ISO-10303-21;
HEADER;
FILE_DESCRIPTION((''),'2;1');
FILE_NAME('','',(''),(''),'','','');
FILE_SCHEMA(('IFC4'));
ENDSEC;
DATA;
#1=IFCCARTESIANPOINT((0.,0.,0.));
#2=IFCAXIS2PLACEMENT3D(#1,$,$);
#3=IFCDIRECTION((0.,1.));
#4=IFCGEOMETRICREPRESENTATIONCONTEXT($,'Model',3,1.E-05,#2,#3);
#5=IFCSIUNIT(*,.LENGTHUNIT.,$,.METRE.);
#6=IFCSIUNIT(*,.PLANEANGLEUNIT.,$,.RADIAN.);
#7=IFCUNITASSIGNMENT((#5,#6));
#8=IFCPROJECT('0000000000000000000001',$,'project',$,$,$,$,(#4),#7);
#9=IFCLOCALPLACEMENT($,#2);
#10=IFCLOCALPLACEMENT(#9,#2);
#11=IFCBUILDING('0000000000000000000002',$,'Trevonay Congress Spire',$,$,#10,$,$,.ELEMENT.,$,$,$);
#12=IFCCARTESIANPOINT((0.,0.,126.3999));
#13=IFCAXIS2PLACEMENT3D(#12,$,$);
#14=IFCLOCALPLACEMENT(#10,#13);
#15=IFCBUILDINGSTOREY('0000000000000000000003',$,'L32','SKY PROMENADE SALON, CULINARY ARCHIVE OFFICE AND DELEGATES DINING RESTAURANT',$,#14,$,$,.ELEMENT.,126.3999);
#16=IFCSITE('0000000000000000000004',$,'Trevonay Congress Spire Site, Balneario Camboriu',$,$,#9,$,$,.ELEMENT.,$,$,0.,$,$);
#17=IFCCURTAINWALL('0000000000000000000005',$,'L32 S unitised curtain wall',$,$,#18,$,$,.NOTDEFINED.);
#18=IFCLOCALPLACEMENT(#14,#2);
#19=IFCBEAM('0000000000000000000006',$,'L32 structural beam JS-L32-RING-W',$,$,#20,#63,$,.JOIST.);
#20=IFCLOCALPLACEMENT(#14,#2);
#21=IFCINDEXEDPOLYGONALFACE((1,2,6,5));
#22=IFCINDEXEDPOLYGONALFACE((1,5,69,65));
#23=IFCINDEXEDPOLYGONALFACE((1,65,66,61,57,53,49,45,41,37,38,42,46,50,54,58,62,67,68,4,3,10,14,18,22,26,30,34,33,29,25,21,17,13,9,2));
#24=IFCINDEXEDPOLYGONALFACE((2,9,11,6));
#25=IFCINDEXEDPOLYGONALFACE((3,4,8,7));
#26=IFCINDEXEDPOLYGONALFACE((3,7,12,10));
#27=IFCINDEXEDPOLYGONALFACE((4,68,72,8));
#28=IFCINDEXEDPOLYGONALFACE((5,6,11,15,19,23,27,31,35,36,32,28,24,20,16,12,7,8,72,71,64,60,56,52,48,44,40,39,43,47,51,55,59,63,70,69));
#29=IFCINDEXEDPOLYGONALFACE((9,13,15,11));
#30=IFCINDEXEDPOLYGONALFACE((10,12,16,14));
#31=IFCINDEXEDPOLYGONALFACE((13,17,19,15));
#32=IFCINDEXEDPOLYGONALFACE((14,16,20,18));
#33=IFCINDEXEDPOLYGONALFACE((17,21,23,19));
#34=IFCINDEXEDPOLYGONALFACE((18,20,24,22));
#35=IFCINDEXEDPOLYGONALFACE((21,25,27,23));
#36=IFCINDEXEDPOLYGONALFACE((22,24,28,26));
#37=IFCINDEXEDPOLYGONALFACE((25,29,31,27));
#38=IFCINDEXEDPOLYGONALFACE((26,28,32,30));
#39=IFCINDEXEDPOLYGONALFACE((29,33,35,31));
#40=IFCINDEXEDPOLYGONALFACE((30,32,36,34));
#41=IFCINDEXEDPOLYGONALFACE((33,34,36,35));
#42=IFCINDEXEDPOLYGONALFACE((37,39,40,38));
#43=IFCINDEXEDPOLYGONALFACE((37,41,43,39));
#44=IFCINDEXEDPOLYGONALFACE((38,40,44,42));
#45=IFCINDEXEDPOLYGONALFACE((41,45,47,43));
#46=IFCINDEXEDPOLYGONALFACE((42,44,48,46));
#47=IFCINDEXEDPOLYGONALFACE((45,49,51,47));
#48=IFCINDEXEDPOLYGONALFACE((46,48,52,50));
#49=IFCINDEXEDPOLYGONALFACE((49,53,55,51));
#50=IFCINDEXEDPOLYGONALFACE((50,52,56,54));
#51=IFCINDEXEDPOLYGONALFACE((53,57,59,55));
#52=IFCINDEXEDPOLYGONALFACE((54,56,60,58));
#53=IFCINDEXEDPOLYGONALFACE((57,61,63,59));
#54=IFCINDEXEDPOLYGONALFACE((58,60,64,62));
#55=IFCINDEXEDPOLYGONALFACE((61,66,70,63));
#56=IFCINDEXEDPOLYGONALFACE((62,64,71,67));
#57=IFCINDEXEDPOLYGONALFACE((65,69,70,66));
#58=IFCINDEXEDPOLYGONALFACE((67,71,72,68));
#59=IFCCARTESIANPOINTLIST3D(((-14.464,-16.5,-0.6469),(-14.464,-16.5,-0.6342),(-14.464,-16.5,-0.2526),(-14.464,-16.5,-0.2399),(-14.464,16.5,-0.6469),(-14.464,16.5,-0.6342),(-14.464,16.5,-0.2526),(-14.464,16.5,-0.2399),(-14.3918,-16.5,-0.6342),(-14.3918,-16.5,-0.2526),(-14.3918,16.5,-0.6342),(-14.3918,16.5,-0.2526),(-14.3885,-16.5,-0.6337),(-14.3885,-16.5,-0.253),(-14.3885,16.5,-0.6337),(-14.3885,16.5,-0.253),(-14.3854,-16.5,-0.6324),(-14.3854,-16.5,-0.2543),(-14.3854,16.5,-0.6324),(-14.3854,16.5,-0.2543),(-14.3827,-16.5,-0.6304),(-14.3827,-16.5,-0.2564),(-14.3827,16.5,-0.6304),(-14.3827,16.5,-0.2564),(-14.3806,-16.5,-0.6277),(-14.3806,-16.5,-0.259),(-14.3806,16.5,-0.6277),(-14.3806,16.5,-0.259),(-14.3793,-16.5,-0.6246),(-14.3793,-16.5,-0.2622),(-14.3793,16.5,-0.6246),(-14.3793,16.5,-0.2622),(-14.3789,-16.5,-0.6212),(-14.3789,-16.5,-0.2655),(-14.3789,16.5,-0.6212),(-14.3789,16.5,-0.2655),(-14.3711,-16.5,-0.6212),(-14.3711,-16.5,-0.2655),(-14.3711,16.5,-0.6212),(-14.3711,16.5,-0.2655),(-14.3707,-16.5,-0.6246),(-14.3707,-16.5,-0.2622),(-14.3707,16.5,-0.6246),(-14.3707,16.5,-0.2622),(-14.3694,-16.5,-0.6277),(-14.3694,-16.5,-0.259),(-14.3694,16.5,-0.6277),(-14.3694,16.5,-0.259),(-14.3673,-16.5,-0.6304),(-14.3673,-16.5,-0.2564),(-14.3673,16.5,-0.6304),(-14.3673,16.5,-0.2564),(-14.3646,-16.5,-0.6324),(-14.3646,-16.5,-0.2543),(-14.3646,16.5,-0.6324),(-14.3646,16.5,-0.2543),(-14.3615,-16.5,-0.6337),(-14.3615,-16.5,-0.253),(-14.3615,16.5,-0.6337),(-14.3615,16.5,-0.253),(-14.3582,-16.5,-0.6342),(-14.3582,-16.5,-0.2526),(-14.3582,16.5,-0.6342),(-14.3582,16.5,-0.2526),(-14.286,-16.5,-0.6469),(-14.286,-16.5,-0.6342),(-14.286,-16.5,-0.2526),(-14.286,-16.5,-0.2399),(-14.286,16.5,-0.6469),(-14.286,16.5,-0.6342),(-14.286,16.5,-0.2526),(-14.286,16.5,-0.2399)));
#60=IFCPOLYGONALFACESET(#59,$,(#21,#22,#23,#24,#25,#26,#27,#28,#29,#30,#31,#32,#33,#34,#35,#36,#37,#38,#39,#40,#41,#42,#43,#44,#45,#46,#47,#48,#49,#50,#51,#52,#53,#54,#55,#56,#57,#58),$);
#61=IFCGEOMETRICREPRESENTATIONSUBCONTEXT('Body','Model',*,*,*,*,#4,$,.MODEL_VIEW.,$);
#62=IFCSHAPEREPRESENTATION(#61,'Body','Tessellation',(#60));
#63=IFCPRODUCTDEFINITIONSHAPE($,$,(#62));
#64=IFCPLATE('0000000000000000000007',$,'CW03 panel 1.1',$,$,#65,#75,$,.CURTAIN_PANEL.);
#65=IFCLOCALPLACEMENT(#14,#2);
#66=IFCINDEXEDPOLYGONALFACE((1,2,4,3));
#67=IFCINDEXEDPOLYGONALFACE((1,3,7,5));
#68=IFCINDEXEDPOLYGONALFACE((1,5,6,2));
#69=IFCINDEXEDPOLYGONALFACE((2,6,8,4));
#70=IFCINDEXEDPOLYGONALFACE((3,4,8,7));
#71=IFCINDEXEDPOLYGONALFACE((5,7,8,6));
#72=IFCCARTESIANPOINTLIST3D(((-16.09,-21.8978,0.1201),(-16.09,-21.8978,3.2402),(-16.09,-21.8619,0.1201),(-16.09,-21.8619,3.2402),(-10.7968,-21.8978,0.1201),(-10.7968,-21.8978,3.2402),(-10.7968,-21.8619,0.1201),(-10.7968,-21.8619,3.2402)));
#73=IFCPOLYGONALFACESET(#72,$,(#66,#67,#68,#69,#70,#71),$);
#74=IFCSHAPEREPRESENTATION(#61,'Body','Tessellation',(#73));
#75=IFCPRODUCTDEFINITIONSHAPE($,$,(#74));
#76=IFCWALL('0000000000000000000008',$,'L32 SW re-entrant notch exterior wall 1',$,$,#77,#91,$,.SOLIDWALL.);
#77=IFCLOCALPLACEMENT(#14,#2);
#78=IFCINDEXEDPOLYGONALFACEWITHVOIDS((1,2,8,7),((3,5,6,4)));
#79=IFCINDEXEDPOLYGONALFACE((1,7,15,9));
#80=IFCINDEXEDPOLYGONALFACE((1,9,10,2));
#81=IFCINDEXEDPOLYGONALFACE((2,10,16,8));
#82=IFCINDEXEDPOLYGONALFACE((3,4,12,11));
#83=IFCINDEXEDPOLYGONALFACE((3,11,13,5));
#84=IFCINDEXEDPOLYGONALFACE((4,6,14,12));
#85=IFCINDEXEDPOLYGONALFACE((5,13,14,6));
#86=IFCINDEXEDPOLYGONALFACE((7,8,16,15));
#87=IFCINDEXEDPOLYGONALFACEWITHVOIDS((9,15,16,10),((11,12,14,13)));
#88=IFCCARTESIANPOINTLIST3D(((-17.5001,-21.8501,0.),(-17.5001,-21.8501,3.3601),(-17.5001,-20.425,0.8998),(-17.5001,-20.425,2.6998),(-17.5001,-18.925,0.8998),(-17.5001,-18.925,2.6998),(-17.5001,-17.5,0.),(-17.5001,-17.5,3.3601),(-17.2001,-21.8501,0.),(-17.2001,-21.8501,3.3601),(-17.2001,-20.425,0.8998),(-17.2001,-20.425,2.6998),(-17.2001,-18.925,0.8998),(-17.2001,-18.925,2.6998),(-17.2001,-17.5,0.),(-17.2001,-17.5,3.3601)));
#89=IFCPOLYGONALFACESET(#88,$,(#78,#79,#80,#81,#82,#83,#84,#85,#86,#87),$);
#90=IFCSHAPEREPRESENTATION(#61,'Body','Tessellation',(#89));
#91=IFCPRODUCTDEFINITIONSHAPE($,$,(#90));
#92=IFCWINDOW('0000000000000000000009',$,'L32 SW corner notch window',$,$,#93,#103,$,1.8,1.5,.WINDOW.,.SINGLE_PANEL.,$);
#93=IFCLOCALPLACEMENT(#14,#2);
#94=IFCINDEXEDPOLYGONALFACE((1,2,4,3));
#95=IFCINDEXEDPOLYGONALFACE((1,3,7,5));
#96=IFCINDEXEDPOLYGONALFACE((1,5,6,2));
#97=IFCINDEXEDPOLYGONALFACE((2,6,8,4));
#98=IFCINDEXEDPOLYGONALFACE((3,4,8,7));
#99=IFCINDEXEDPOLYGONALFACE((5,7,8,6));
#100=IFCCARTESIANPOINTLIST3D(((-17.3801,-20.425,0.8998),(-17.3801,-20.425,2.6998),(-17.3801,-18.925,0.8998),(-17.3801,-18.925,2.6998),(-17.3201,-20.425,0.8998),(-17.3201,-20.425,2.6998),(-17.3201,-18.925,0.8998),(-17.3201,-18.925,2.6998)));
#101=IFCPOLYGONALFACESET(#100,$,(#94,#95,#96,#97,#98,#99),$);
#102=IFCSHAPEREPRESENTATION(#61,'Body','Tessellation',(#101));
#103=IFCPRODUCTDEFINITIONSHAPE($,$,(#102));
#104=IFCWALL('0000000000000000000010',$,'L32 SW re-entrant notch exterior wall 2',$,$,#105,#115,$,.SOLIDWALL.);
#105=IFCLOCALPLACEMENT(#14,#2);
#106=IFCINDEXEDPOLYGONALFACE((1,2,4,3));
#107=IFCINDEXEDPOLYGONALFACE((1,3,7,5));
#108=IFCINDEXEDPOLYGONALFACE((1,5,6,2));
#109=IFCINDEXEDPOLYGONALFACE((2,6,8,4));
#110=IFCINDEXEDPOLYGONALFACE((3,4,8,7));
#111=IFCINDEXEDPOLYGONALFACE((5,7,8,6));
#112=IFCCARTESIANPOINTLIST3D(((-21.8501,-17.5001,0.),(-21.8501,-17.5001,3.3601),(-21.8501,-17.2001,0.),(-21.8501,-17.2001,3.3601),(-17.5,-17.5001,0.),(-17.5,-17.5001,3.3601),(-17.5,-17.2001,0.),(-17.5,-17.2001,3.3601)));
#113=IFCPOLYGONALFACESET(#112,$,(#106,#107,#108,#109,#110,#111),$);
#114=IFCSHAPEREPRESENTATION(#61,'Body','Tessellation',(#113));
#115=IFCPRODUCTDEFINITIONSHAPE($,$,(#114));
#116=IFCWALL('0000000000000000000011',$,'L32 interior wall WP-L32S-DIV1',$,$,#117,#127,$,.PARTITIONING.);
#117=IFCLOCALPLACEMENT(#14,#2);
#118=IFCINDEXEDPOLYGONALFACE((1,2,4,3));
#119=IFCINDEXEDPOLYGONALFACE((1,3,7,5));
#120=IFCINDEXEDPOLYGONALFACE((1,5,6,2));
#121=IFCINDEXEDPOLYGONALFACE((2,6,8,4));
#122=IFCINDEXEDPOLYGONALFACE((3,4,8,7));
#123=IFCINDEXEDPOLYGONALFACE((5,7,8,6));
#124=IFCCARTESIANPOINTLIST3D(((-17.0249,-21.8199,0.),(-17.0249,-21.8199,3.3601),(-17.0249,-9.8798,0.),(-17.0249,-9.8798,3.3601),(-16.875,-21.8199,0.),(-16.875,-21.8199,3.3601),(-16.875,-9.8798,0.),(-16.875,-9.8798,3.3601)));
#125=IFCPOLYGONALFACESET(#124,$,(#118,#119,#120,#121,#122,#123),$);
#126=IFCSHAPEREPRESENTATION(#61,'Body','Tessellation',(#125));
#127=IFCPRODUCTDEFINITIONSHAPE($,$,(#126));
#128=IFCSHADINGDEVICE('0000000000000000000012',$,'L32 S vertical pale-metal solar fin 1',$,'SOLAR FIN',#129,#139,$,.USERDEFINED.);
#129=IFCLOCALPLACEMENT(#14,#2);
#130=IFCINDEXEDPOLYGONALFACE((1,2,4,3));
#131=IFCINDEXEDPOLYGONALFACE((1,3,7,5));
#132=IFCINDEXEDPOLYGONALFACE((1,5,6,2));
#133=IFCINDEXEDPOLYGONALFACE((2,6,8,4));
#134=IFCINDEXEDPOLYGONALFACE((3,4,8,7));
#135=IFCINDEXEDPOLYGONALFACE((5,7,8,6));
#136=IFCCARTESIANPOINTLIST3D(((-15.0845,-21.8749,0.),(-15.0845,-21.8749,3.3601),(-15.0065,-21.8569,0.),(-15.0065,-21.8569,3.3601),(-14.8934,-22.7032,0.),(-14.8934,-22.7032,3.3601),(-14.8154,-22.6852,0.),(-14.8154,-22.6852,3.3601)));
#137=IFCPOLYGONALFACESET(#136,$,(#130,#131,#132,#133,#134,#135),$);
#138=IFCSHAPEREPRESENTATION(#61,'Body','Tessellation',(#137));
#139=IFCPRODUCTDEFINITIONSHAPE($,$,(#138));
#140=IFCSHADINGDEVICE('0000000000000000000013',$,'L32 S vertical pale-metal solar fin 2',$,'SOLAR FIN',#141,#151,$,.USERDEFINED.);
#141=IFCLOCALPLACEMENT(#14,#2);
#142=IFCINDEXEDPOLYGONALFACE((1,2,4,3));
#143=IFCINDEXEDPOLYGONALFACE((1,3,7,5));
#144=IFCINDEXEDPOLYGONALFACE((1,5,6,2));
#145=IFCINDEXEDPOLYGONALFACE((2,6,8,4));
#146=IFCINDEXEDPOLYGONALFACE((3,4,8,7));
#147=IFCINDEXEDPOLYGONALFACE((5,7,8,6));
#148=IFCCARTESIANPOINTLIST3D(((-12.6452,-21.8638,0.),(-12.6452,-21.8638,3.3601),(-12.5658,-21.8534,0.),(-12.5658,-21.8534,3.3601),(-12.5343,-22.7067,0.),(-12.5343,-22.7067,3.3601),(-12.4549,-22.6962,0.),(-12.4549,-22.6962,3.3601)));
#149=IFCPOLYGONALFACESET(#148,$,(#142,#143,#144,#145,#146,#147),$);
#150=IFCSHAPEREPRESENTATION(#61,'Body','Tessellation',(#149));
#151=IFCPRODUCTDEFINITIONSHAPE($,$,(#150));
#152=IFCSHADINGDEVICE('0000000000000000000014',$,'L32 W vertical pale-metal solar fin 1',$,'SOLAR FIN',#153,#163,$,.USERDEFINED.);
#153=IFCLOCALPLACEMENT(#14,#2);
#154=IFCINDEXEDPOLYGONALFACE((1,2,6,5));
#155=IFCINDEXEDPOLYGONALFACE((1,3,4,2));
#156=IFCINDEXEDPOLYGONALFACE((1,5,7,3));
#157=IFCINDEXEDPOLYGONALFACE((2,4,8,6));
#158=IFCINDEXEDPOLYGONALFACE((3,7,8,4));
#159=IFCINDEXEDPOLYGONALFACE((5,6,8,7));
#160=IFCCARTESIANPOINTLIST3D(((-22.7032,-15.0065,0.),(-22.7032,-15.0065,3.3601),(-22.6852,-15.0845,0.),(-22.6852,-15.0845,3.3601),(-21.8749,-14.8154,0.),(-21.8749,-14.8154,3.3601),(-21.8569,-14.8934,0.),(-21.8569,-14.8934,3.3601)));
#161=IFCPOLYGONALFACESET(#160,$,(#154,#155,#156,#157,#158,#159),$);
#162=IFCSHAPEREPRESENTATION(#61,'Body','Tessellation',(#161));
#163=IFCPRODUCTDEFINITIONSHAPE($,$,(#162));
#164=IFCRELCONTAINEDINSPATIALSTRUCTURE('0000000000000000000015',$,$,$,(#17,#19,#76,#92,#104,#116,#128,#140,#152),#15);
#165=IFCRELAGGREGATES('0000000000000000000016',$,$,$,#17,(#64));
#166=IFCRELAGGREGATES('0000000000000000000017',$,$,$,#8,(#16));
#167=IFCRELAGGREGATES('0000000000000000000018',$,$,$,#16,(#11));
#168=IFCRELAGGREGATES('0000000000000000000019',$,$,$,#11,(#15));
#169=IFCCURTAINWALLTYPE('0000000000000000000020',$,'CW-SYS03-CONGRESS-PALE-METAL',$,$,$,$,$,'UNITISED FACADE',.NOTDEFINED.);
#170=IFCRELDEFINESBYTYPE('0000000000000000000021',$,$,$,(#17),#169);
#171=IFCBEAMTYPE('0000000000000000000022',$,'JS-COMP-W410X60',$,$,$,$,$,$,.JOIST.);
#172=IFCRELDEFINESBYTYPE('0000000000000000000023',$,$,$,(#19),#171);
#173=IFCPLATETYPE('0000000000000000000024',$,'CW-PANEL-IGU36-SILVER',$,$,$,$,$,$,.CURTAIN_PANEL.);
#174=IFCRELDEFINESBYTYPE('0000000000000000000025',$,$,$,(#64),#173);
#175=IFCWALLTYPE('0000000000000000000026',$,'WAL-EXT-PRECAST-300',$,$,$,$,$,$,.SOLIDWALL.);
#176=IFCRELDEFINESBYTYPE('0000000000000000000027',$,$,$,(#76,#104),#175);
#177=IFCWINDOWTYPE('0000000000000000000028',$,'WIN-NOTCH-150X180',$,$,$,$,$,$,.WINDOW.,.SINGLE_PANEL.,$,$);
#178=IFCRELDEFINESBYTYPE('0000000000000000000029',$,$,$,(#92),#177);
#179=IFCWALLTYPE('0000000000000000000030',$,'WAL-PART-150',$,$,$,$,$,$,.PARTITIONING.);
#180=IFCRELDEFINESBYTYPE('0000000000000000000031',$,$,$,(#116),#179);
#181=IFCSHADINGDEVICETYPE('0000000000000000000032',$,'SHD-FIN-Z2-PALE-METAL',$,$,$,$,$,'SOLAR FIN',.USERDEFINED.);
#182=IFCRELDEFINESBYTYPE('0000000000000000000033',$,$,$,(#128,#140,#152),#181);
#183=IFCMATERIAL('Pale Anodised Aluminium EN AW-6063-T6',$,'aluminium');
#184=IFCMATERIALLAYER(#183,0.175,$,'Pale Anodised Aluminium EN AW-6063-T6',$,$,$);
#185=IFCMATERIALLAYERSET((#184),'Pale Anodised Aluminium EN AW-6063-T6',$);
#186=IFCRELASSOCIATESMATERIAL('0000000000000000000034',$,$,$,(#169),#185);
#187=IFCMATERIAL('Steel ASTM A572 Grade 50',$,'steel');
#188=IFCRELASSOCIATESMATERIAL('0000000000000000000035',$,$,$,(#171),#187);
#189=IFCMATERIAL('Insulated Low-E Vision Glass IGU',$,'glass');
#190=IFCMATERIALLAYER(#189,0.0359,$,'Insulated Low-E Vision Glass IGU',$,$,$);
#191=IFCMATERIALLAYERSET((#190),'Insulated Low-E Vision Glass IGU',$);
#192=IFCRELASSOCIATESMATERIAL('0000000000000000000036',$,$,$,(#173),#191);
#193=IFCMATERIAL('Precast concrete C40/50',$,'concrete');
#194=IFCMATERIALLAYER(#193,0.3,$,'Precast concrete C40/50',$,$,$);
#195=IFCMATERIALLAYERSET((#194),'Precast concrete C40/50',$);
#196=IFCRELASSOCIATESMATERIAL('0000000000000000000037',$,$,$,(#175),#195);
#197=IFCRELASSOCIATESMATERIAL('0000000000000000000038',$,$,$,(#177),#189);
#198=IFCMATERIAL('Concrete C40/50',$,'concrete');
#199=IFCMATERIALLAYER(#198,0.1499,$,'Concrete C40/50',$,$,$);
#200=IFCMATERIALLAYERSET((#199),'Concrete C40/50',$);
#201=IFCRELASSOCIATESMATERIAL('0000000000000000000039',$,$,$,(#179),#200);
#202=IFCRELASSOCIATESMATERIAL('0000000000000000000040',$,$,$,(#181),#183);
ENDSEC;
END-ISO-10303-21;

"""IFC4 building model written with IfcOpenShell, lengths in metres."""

from ifc_helpers import new_model, si_unit, direction, frame, frame_2d, origin, origin_2d, place, context, subcontext, project, spatial, rectangle, i_section, extrude, material, layer, layer_set, material_profile, profile_set, type_object, element, fill, aggregate, save


model = new_model("IFC4")

# Units and contexts
model_context = context("Model", 3, precision=1e-05, world=origin(), true_north=direction((0.0, 1.0)))
body_context = subcontext(model_context, "Body", "Model", "MODEL_VIEW")
ifc_project = project(units=[si_unit("LENGTHUNIT", "METRE"), si_unit("PLANEANGLEUNIT", "RADIAN")], contexts=[model_context])

# Site, building, storey
site_placement = place(None, origin())
site = spatial("IfcSite", under=ifc_project, at=site_placement, Name="Trevonay Congress Spire Site, Balneario Camboriu", CompositionType="ELEMENT", RefElevation=0.0)
building_placement = place(site_placement, origin())
building = spatial("IfcBuilding", under=site, at=building_placement, Name="Trevonay Congress Spire", CompositionType="ELEMENT")
storey_placement = place(building_placement, frame((0.0, 0.0, 126.3999)))
storey = spatial("IfcBuildingStorey", under=building, at=storey_placement, Name="L32", Description="SKY PROMENADE SALON, CULINARY ARCHIVE OFFICE AND DELEGATES DINING RESTAURANT", CompositionType="ELEMENT", Elevation=126.3999)

# Shared definitions
ifc_material_1 = material(Name="Steel ASTM A572 Grade 50", Category="steel")

# Curtain wall
ifc_material_2 = material(Name="Pale Anodised Aluminium EN AW-6063-T6", Category="aluminium")
ifc_layer_1 = layer(ifc_material_2, 0.175, Name="Pale Anodised Aluminium EN AW-6063-T6")
ifc_layer_set_1 = layer_set([ifc_layer_1], Name="Pale Anodised Aluminium EN AW-6063-T6")
curtain_wall_type = type_object("IfcCurtainWallType", Name="CW-SYS03-CONGRESS-PALE-METAL", ElementType="UNITISED FACADE", PredefinedType="NOTDEFINED", material=ifc_layer_set_1)
curtain_wall_1_placement = place(storey_placement, origin())
curtain_wall_1 = element("IfcCurtainWall", 1, at=curtain_wall_1_placement, inside=storey, type_object=curtain_wall_type, Name="L32 S unitised curtain wall", PredefinedType="NOTDEFINED")

# Beam
ifc_material_profile_1 = material_profile(ifc_material_1, i_section(OverallWidth=0.178, OverallDepth=0.407, WebThickness=0.0078, FlangeThickness=0.0127, FilletRadius=0.0129, at=origin_2d()), Name="W410x60")
ifc_profile_set_1 = profile_set([ifc_material_profile_1], Name="Steel ASTM A572 Grade 50")
beam_type_1 = type_object("IfcBeamType", Name="JS-COMP-W410X60", PredefinedType="JOIST", material=ifc_profile_set_1)
for number, where, z_axis, x_axis, name in (
    (2, (-14.375, -16.5, -0.4434), (0.0, 1.0, 0.0), (-1.0, 0.0, 0.0), "L32 structural beam JS-L32-RING-W"),
):
    element("IfcBeam", number, at=place(storey_placement, frame(where, z_axis=z_axis, x_axis=x_axis)), inside=storey, type_object=beam_type_1, Name=name, PredefinedType="JOIST", context=body_context, shape_type="SweptSolid", body=[
        extrude(i_section(OverallWidth=0.178, OverallDepth=0.407, WebThickness=0.0078, FlangeThickness=0.0127, FilletRadius=0.0129, at=origin_2d()), origin(), (0.0, 0.0, 1.0), 33.0),
    ])

# Plate
ifc_material_3 = material(Name="Insulated Low-E Vision Glass IGU", Category="glass")
ifc_layer_2 = layer(ifc_material_3, 0.0359, Name="Insulated Low-E Vision Glass IGU")
ifc_layer_set_2 = layer_set([ifc_layer_2], Name="Insulated Low-E Vision Glass IGU")
plate_type = type_object("IfcPlateType", Name="CW-PANEL-IGU36-SILVER", PredefinedType="CURTAIN_PANEL", material=ifc_layer_set_2)
plate_placement = place(storey_placement, frame((-13.4434, -21.8799, 0.1201), z_axis=(0.0, 0.0, 1.0), x_axis=(1.0, 0.0, 0.0)))
plate = element("IfcPlate", 3, at=plate_placement, type_object=plate_type, Name="CW03 panel 1.1", PredefinedType="CURTAIN_PANEL", context=body_context, shape_type="SweptSolid", body=[
    extrude(rectangle(XDim=5.2932, YDim=0.0359, at=origin_2d()), origin(), (0.0, 0.0, 1.0), 3.1201),
])
aggregate(curtain_wall_1, [plate])

# Wall, opening, window
ifc_material_4 = material(Name="Precast concrete C40/50", Category="concrete")
ifc_layer_3 = layer(ifc_material_4, 0.3, Name="Precast concrete C40/50")
ifc_layer_set_3 = layer_set([ifc_layer_3], Name="Precast concrete C40/50")
wall_type_1 = type_object("IfcWallType", Name="WAL-EXT-PRECAST-300", PredefinedType="SOLIDWALL", material=ifc_layer_set_3)
wall_1_placement = place(storey_placement, frame((-17.3501, -21.8501, 0.0), z_axis=(0.0, 0.0, 1.0), x_axis=(0.0, 1.0, 0.0)))
wall_1 = element("IfcWall", 4, at=wall_1_placement, inside=storey, type_object=wall_type_1, Name="L32 SW re-entrant notch exterior wall 1", PredefinedType="SOLIDWALL", context=body_context, shape_type="SweptSolid", body=[
    extrude(rectangle(XDim=4.3501, YDim=0.3, at=frame_2d((2.175, 0.0))), origin(), (0.0, 0.0, 1.0), 3.3601),
])
opening_placement = place(wall_1_placement, frame((1.425, 0.0, 0.8999)))
opening = element("IfcOpeningElement", 5, at=opening_placement, cuts=wall_1, PredefinedType="OPENING", context=body_context, shape_type="SweptSolid", body=[
    extrude(rectangle(XDim=1.5, YDim=1.8, at=frame_2d((0.75, 0.8999))), frame((0.0, 0.1602, 0.0), z_axis=(0.0, -1.0, 0.0), x_axis=(1.0, 0.0, 0.0)), (0.0, 0.0, 1.0), 0.3201),
])
window_type = type_object("IfcWindowType", Name="WIN-NOTCH-150X180", PartitioningType="SINGLE_PANEL", PredefinedType="WINDOW", material=ifc_material_3)
window_placement = place(opening_placement, origin())
window = element("IfcWindow", 6, at=window_placement, inside=storey, type_object=window_type, Name="L32 SW corner notch window", OverallHeight=1.8, OverallWidth=1.5, PartitioningType="SINGLE_PANEL", PredefinedType="WINDOW", context=body_context, shape_type="SweptSolid", body=[
    extrude(rectangle(XDim=1.5, YDim=1.8, at=frame_2d((0.75, 0.8999))), frame((0.0, 0.03, 0.0), z_axis=(0.0, -1.0, 0.0), x_axis=(1.0, 0.0, 0.0)), (0.0, 0.0, 1.0), 0.0601),
])
fill(opening, window)

# Walls
wall_2_placement = place(storey_placement, frame((-21.8501, -17.3501, 0.0), z_axis=(0.0, 0.0, 1.0), x_axis=(1.0, 0.0, 0.0)))
element("IfcWall", 7, at=wall_2_placement, inside=storey, type_object=wall_type_1, Name="L32 SW re-entrant notch exterior wall 2", PredefinedType="SOLIDWALL", context=body_context, shape_type="SweptSolid", body=[
    extrude(rectangle(XDim=4.3501, YDim=0.3, at=frame_2d((2.175, 0.0))), origin(), (0.0, 0.0, 1.0), 3.3601),
])
ifc_material_5 = material(Name="Concrete C40/50", Category="concrete")
ifc_layer_4 = layer(ifc_material_5, 0.1499, Name="Concrete C40/50")
ifc_layer_set_4 = layer_set([ifc_layer_4], Name="Concrete C40/50")
wall_type_2 = type_object("IfcWallType", Name="WAL-PART-150", PredefinedType="PARTITIONING", material=ifc_layer_set_4)
wall_3_placement = place(storey_placement, frame((-16.95, -21.8201, 0.0), z_axis=(0.0, 0.0, 1.0), x_axis=(0.0, 1.0, 0.0)))
element("IfcWall", 8, at=wall_3_placement, inside=storey, type_object=wall_type_2, Name="L32 interior wall WP-L32S-DIV1", PredefinedType="PARTITIONING", context=body_context, shape_type="SweptSolid", body=[
    extrude(rectangle(XDim=11.9402, YDim=0.1499, at=frame_2d((5.9702, 0.0))), origin(), (0.0, 0.0, 1.0), 3.3601),
])

# Shading devices
shading_device_type = type_object("IfcShadingDeviceType", Name="SHD-FIN-Z2-PALE-METAL", ElementType="SOLAR FIN", PredefinedType="USERDEFINED", material=ifc_material_2)
for number, where, z_axis, x_axis, name in (
    (9, (-14.95, -22.28, 0.0), (0.0, 0.0, 1.0), (0.974409, 0.224781, 0.0), "L32 S vertical pale-metal solar fin 1"),
    (10, (-12.55, -22.28, 0.0), (0.0, 0.0, 1.0), (0.991445, 0.130526, 0.0), "L32 S vertical pale-metal solar fin 2"),
    (11, (-22.28, -14.95, 0.0), (0.0, 0.0, 1.0), (-0.224781, 0.974409, 0.0), "L32 W vertical pale-metal solar fin 1"),
):
    element("IfcShadingDevice", number, at=place(storey_placement, frame(where, z_axis=z_axis, x_axis=x_axis)), inside=storey, type_object=shading_device_type, Name=name, ObjectType="SOLAR FIN", PredefinedType="USERDEFINED", context=body_context, shape_type="SweptSolid", body=[
        extrude(rectangle(XDim=0.0801, YDim=0.8501, at=origin_2d()), origin(), (0.0, 0.0, 1.0), 3.3601),
    ])

save(model, "model.ifc")
